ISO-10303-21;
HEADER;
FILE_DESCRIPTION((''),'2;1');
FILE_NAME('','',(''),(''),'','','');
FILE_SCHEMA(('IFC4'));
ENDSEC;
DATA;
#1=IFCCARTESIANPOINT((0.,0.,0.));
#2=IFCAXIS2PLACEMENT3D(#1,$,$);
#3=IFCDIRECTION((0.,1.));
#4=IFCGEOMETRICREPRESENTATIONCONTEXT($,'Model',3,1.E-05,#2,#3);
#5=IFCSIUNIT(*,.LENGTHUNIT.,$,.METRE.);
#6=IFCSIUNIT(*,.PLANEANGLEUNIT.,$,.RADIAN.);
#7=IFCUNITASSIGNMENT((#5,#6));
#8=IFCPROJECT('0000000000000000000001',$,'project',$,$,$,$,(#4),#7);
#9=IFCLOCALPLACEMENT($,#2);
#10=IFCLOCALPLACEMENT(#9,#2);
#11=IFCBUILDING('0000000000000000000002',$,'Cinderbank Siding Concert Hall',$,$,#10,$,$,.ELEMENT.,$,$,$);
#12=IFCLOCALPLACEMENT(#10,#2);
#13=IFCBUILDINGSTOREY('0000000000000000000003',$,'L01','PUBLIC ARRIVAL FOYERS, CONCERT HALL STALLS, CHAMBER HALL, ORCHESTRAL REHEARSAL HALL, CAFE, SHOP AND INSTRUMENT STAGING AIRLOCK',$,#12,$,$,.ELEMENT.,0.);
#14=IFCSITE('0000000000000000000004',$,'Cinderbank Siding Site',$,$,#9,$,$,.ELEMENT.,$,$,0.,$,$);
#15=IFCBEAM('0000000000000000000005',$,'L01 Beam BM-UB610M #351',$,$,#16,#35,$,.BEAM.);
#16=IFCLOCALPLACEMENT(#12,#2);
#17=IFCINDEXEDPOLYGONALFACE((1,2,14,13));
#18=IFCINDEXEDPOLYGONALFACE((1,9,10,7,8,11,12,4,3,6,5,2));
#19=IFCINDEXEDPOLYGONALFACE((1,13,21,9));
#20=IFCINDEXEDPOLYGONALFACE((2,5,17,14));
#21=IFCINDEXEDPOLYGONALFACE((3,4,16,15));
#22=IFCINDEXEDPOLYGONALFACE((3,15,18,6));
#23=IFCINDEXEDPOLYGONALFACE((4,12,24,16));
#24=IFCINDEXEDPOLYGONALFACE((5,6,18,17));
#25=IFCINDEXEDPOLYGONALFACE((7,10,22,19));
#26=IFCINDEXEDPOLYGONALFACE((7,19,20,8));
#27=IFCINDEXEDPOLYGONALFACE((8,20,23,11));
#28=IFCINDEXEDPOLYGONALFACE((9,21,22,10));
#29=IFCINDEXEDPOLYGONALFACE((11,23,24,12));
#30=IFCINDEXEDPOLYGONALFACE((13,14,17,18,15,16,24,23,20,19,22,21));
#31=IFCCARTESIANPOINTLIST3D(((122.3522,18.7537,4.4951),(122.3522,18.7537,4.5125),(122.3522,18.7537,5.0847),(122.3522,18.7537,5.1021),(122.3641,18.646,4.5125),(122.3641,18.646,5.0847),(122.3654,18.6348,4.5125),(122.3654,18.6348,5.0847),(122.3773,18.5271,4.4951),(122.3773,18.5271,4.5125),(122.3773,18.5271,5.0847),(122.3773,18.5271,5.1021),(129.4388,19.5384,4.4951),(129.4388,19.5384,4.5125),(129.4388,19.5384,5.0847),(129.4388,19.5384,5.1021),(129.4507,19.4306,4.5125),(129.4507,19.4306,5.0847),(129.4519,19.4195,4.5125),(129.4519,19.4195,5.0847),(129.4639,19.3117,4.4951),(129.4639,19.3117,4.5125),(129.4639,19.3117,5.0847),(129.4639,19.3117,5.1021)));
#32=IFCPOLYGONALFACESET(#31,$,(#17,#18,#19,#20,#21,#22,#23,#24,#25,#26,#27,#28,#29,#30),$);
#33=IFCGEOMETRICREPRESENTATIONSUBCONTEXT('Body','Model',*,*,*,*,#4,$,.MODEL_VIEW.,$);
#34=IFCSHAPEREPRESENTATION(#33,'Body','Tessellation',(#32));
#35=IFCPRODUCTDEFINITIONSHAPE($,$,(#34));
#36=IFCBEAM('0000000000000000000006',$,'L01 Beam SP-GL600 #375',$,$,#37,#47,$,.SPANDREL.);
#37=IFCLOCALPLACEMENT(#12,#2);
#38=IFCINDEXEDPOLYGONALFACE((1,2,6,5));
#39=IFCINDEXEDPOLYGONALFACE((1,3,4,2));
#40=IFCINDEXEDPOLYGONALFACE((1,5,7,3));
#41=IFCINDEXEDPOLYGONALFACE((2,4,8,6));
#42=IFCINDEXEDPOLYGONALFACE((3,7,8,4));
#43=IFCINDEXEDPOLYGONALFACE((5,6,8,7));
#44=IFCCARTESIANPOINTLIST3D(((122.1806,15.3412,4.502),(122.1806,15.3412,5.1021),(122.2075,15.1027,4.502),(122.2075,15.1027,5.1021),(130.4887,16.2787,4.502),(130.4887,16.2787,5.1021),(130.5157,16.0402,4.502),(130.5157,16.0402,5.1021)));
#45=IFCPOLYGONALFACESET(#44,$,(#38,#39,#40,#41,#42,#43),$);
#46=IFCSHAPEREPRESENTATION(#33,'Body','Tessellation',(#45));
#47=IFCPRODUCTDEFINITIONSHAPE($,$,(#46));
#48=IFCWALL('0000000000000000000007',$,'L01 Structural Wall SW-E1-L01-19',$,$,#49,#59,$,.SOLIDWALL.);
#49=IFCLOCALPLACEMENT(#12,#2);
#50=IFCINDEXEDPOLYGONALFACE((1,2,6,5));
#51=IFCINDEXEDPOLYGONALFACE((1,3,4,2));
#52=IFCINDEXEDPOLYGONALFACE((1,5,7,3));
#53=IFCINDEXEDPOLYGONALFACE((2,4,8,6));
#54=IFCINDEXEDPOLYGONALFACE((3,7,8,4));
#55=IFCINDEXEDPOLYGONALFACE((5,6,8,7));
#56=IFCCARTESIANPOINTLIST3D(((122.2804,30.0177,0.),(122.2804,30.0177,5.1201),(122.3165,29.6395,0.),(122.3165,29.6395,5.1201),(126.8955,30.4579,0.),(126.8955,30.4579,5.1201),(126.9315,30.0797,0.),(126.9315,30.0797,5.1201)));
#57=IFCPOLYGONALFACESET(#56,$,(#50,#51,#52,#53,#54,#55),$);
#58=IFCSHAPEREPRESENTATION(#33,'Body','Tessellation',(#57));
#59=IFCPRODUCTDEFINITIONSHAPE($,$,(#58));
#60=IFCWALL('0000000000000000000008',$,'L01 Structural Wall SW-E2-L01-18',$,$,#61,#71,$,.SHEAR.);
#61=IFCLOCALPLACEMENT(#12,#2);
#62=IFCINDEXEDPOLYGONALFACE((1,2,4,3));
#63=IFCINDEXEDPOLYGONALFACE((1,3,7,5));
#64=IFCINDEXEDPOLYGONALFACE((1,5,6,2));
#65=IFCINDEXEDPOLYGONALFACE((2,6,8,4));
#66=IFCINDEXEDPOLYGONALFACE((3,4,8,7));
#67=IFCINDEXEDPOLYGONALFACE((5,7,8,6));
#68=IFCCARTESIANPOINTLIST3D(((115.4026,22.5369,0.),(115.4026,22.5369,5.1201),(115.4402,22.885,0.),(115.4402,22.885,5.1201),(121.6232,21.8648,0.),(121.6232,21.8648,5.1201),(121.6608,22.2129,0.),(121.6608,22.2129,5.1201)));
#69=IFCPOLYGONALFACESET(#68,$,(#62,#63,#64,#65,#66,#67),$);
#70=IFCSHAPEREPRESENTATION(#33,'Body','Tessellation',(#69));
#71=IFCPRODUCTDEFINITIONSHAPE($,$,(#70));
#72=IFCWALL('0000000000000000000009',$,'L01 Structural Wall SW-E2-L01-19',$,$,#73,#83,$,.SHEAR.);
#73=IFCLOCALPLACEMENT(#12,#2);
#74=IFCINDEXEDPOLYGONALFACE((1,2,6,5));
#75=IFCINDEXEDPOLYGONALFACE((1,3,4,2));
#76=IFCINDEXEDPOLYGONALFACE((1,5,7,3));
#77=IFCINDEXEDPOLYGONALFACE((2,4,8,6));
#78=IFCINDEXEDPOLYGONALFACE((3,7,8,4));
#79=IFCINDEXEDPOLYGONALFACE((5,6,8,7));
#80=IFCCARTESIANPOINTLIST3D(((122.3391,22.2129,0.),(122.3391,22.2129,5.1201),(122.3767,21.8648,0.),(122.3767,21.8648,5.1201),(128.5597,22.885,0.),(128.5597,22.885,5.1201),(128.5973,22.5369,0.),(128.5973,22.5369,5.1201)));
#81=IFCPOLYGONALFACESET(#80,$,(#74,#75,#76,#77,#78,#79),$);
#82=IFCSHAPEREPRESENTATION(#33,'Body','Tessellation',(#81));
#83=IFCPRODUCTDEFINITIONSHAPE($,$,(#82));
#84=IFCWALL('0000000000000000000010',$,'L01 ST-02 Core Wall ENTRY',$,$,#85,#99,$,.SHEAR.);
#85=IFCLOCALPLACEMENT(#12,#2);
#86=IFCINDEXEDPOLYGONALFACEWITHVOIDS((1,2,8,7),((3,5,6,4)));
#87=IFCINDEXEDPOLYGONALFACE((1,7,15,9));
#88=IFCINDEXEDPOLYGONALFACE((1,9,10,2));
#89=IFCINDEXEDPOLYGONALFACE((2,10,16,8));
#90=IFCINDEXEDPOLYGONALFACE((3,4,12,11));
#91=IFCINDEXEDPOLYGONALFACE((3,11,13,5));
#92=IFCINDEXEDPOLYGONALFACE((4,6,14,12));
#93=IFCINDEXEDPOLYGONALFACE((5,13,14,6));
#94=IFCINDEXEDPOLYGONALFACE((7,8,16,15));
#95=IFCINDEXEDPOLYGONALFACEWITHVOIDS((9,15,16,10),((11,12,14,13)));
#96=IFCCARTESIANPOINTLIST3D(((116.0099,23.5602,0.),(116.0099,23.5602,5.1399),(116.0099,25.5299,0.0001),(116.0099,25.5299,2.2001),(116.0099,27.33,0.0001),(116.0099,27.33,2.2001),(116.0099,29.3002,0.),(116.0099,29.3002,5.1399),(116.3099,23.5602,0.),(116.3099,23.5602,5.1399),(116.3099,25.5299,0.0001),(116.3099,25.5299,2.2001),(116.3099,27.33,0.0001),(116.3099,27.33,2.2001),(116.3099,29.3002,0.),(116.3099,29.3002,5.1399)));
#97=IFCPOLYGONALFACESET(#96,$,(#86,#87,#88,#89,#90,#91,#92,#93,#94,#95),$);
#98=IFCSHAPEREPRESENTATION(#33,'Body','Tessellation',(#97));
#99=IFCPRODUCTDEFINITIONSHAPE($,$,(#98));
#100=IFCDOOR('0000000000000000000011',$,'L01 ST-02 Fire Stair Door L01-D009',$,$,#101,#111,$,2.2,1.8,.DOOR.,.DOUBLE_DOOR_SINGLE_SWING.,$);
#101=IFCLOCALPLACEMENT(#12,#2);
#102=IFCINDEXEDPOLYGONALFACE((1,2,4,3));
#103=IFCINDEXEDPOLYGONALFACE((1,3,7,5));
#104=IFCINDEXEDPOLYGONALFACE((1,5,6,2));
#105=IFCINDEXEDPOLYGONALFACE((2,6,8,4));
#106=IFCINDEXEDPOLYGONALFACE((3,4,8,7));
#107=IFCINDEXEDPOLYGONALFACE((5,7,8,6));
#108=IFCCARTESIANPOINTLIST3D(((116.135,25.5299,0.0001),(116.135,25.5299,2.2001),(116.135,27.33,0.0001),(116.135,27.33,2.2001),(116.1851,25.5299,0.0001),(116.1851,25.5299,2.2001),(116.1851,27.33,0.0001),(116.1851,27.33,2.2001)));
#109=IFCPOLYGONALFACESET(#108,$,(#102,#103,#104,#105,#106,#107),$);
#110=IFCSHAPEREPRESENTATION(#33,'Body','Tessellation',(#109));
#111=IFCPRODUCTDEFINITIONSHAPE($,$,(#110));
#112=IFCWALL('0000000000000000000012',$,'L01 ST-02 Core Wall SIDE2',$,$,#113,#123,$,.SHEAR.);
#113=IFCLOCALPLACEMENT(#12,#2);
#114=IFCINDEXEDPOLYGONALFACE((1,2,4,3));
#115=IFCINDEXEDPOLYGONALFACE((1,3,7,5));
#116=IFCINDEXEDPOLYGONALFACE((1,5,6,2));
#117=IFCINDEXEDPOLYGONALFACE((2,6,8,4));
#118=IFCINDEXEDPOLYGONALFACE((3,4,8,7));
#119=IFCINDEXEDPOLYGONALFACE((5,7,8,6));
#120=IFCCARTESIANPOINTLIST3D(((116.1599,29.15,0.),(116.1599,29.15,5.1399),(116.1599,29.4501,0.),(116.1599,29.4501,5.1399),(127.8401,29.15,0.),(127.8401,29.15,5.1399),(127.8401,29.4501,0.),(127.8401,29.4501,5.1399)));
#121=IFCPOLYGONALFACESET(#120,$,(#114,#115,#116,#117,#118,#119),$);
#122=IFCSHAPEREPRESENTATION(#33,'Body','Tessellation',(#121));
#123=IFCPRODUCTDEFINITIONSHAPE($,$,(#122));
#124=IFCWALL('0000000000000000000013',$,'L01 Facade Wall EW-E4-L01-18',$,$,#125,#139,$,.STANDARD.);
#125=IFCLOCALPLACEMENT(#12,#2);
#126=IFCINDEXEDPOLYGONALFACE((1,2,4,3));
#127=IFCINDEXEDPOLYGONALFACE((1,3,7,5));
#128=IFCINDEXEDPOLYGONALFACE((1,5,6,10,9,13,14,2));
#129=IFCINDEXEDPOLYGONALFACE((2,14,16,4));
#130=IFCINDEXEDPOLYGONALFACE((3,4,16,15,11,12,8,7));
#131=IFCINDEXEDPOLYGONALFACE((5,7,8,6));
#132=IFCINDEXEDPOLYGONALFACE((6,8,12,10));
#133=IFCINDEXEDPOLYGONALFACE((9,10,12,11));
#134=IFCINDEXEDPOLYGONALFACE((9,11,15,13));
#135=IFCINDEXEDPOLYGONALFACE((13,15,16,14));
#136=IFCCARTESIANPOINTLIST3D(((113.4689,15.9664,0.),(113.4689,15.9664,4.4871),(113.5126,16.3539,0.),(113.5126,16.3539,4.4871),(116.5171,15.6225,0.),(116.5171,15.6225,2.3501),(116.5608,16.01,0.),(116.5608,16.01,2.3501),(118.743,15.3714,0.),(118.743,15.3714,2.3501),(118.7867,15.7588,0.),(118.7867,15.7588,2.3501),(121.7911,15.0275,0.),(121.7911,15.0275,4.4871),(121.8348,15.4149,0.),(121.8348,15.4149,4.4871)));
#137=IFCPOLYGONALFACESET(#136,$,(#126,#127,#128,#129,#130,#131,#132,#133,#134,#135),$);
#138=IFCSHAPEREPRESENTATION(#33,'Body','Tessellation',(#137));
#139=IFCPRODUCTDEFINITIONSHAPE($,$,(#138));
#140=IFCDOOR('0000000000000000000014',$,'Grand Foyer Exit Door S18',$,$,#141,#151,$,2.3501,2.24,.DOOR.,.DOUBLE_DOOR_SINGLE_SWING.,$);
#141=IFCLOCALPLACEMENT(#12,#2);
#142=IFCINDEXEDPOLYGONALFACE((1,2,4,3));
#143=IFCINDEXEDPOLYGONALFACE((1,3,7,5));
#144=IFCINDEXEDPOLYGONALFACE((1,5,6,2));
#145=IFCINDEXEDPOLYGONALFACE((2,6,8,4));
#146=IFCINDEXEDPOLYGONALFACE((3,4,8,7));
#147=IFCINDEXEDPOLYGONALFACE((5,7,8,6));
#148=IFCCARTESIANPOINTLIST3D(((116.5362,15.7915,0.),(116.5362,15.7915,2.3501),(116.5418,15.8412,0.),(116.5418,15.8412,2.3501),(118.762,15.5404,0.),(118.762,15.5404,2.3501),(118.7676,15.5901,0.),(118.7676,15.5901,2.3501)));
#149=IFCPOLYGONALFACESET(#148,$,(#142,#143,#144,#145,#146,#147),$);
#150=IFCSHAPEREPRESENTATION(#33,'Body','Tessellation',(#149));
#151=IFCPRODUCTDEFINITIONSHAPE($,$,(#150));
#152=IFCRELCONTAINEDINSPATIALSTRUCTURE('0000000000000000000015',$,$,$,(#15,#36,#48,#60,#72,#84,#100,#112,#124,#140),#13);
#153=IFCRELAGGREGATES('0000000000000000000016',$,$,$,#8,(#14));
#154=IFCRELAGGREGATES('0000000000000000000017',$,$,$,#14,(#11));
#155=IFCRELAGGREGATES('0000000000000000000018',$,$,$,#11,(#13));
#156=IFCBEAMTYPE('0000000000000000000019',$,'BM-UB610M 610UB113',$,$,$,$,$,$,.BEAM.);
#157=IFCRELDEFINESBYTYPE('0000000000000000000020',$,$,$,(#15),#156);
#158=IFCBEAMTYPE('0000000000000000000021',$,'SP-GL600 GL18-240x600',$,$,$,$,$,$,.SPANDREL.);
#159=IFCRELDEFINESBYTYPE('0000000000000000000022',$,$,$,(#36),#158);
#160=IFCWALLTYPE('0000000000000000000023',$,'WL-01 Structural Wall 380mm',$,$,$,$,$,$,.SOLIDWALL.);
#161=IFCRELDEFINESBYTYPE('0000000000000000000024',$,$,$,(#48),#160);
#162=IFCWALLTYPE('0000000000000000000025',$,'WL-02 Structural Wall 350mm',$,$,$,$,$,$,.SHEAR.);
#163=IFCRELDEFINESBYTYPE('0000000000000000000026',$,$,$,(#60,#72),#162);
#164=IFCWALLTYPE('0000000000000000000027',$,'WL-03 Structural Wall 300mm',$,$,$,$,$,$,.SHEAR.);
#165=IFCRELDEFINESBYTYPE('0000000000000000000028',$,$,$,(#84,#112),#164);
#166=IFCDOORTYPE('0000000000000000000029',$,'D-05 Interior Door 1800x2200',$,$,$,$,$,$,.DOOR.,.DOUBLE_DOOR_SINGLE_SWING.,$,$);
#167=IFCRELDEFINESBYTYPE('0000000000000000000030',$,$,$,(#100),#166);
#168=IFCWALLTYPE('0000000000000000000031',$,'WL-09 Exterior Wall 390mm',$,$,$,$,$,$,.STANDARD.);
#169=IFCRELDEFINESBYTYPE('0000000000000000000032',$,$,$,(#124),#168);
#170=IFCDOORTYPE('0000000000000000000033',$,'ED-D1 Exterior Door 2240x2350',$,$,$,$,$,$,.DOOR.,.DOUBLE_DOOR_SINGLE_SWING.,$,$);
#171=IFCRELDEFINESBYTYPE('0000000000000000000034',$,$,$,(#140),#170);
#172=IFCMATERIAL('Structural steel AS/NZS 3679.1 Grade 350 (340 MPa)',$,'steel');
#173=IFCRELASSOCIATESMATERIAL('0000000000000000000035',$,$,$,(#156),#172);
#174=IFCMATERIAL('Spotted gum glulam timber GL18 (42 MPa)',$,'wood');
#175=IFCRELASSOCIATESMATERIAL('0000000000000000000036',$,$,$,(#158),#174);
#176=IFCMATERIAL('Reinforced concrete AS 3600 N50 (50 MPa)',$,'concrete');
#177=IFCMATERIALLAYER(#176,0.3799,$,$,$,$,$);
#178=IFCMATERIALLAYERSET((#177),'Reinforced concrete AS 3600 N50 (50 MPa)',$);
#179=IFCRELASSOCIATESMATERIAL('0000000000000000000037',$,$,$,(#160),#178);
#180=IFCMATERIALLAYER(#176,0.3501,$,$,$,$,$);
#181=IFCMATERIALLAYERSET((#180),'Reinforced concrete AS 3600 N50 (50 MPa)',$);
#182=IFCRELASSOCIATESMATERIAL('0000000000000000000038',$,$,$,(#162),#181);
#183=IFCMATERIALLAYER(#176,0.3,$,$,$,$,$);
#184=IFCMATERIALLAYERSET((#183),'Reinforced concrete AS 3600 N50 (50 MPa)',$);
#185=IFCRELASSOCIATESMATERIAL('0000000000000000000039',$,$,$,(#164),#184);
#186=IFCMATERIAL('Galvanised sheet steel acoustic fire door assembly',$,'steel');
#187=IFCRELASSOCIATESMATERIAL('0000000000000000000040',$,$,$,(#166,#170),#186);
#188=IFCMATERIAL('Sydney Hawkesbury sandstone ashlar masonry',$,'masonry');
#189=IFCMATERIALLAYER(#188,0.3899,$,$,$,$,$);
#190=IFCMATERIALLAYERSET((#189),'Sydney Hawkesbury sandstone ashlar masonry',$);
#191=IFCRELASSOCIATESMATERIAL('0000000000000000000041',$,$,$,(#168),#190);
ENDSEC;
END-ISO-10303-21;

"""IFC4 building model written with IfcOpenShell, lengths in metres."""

from ifc_helpers import new_model, si_unit, direction, frame, frame_2d, origin, origin_2d, place, context, subcontext, project, spatial, rectangle, i_section, extrude, material, layer, layer_set, material_profile, profile_set, type_object, element, fill, save


model = new_model("IFC4")

# Units and contexts
model_context = context("Model", 3, precision=1e-05, world=origin(), true_north=direction((0.0, 1.0)))
body_context = subcontext(model_context, "Body", "Model", "MODEL_VIEW")
ifc_project = project(units=[si_unit("LENGTHUNIT", "METRE"), si_unit("PLANEANGLEUNIT", "RADIAN")], contexts=[model_context])

# Site, building, storey
site_placement = place(None, origin())
site = spatial("IfcSite", under=ifc_project, at=site_placement, Name="Cinderbank Siding Site", CompositionType="ELEMENT", RefElevation=0.0)
building_placement = place(site_placement, origin())
building = spatial("IfcBuilding", under=site, at=building_placement, Name="Cinderbank Siding Concert Hall", CompositionType="ELEMENT")
storey_placement = place(building_placement, origin())
storey = spatial("IfcBuildingStorey", under=building, at=storey_placement, Name="L01", Description="PUBLIC ARRIVAL FOYERS, CONCERT HALL STALLS, CHAMBER HALL, ORCHESTRAL REHEARSAL HALL, CAFE, SHOP AND INSTRUMENT STAGING AIRLOCK", CompositionType="ELEMENT", Elevation=0.0)

# Shared definitions
ifc_material_1 = material(Name="Reinforced concrete AS 3600 N50 (50 MPa)", Category="concrete")

# Beams
ifc_material_2 = material(Name="Structural steel AS/NZS 3679.1 Grade 350 (340 MPa)", Category="steel")
ifc_material_profile_1 = material_profile(ifc_material_2, i_section(OverallWidth=0.228, OverallDepth=0.6069, WebThickness=0.0112, FlangeThickness=0.0173, at=origin_2d()), Name="610UB113", Category="LoadBearing")
ifc_profile_set_1 = profile_set([ifc_material_profile_1], Name="Structural steel AS/NZS 3679.1 Grade 350 (340 MPa)")
beam_type_1 = type_object("IfcBeamType", Name="BM-UB610M 610UB113", PredefinedType="BEAM", material=ifc_profile_set_1)
for number, where, z_axis, x_axis, name in (
    (1, (122.3647, 18.6404, 4.7986), (0.993926, 0.110052, 0.0), (-0.110052, 0.993926, 0.0), "L01 Beam BM-UB610M #351"),
):
    element("IfcBeam", number, at=place(storey_placement, frame(where, z_axis=z_axis, x_axis=x_axis)), inside=storey, type_object=beam_type_1, Name=name, PredefinedType="BEAM", context=body_context, shape_type="SweptSolid", body=[
        extrude(i_section(OverallWidth=0.228, OverallDepth=0.6069, WebThickness=0.0112, FlangeThickness=0.0173, at=origin_2d()), origin(), (0.0, 0.0, 1.0), 7.1299),
    ])
ifc_material_3 = material(Name="Spotted gum glulam timber GL18 (42 MPa)", Category="wood")
ifc_material_profile_2 = material_profile(ifc_material_3, rectangle(XDim=0.24, YDim=0.6001, at=origin_2d()), Name="GL18-240x600", Category="LoadBearing")
ifc_profile_set_2 = profile_set([ifc_material_profile_2], Name="Spotted gum glulam timber GL18 (42 MPa)")
beam_type_2 = type_object("IfcBeamType", Name="SP-GL600 GL18-240x600", PredefinedType="SPANDREL", material=ifc_profile_set_2)
beam_1_placement = place(storey_placement, frame((122.1941, 15.2219, 4.802), z_axis=(0.993694, 0.11213, 0.0), x_axis=(-0.11213, 0.993694, 0.0)))
element("IfcBeam", 2, at=beam_1_placement, inside=storey, type_object=beam_type_2, Name="L01 Beam SP-GL600 #375", PredefinedType="SPANDREL", context=body_context, shape_type="SweptSolid", body=[
    extrude(rectangle(XDim=0.24, YDim=0.6001, at=origin_2d()), origin(), (0.0, 0.0, 1.0), 8.3608),
])

# Walls
ifc_layer_1 = layer(ifc_material_1, 0.3799)
ifc_layer_set_1 = layer_set([ifc_layer_1], Name="Reinforced concrete AS 3600 N50 (50 MPa)")
wall_type_1 = type_object("IfcWallType", Name="WL-01 Structural Wall 380mm", PredefinedType="SOLIDWALL", material=ifc_layer_set_1)
wall_1_placement = place(storey_placement, frame((122.2986, 29.8286, 0.0), z_axis=(0.0, 0.0, 1.0), x_axis=(0.995482, 0.094951, 0.0)))
element("IfcWall", 3, at=wall_1_placement, inside=storey, type_object=wall_type_1, Name="L01 Structural Wall SW-E1-L01-19", PredefinedType="SOLIDWALL", context=body_context, shape_type="SweptSolid", body=[
    extrude(rectangle(XDim=4.636, YDim=0.3799, at=frame_2d((2.3179, 0.0))), origin(), (0.0, 0.0, 1.0), 5.1201),
])
ifc_layer_2 = layer(ifc_material_1, 0.3501)
ifc_layer_set_2 = layer_set([ifc_layer_2], Name="Reinforced concrete AS 3600 N50 (50 MPa)")
wall_type_2 = type_object("IfcWallType", Name="WL-02 Structural Wall 350mm", PredefinedType="SHEAR", material=ifc_layer_set_2)
for number, where, z_axis, x_axis, name in (
    (4, (115.4214, 22.7109, 0.0), (0.0, 0.0, 1.0), (0.994214, -0.10742, 0.0), "L01 Structural Wall SW-E2-L01-18"),
    (5, (122.3579, 22.0388, 0.0), (0.0, 0.0, 1.0), (0.994214, 0.10742, 0.0), "L01 Structural Wall SW-E2-L01-19"),
):
    element("IfcWall", number, at=place(storey_placement, frame(where, z_axis=z_axis, x_axis=x_axis)), inside=storey, type_object=wall_type_2, Name=name, PredefinedType="SHEAR", context=body_context, shape_type="SweptSolid", body=[
        extrude(rectangle(XDim=6.2568, YDim=0.3501, at=frame_2d((3.1284, 0.0))), origin(), (0.0, 0.0, 1.0), 5.1201),
    ])

# Wall, opening, door
ifc_layer_3 = layer(ifc_material_1, 0.3)
ifc_layer_set_3 = layer_set([ifc_layer_3], Name="Reinforced concrete AS 3600 N50 (50 MPa)")
wall_type_3 = type_object("IfcWallType", Name="WL-03 Structural Wall 300mm", PredefinedType="SHEAR", material=ifc_layer_set_3)
wall_2_placement = place(storey_placement, frame((116.1599, 23.5601, 0.0), z_axis=(0.0, 0.0, 1.0), x_axis=(0.0, 1.0, 0.0)))
wall_2 = element("IfcWall", 6, at=wall_2_placement, inside=storey, type_object=wall_type_3, Name="L01 ST-02 Core Wall ENTRY", PredefinedType="SHEAR", context=body_context, shape_type="SweptSolid", body=[
    extrude(rectangle(XDim=5.74, YDim=0.3, at=frame_2d((2.8701, 0.0))), origin(), (0.0, 0.0, 1.0), 5.1399),
])
opening_1_placement = place(wall_2_placement, frame((1.97, 0.0, 0.0)))
opening_1 = element("IfcOpeningElement", 7, at=opening_1_placement, cuts=wall_2, PredefinedType="OPENING", context=body_context, shape_type="SweptSolid", body=[
    extrude(rectangle(XDim=1.8, YDim=2.2, at=frame_2d((0.8999, 1.1001))), frame((0.0, 0.1621, 0.0), z_axis=(0.0, -1.0, 0.0), x_axis=(1.0, 0.0, 0.0)), (0.0, 0.0, 1.0), 0.324),
])
ifc_material_4 = material(Name="Galvanised sheet steel acoustic fire door assembly", Category="steel")
door_type_1 = type_object("IfcDoorType", Name="D-05 Interior Door 1800x2200", OperationType="DOUBLE_DOOR_SINGLE_SWING", PredefinedType="DOOR", material=ifc_material_4)
door_1_placement = place(opening_1_placement, origin())
door_1 = element("IfcDoor", 8, at=door_1_placement, inside=storey, type_object=door_type_1, Name="L01 ST-02 Fire Stair Door L01-D009", OperationType="DOUBLE_DOOR_SINGLE_SWING", OverallHeight=2.2, OverallWidth=1.8, PredefinedType="DOOR", context=body_context, shape_type="SweptSolid", body=[
    extrude(rectangle(XDim=1.8, YDim=2.2, at=frame_2d((0.8999, 1.1001))), frame((0.0, 0.0249, 0.0), z_axis=(0.0, -1.0, 0.0), x_axis=(1.0, 0.0, 0.0)), (0.0, 0.0, 1.0), 0.05),
])
fill(opening_1, door_1)

# Wall
wall_3_placement = place(storey_placement, frame((116.1599, 29.3, 0.0), z_axis=(0.0, 0.0, 1.0), x_axis=(1.0, 0.0, 0.0)))
element("IfcWall", 9, at=wall_3_placement, inside=storey, type_object=wall_type_3, Name="L01 ST-02 Core Wall SIDE2", PredefinedType="SHEAR", context=body_context, shape_type="SweptSolid", body=[
    extrude(rectangle(XDim=11.6802, YDim=0.3, at=frame_2d((5.8401, 0.0))), origin(), (0.0, 0.0, 1.0), 5.1399),
])

# Wall, opening, door
ifc_material_5 = material(Name="Sydney Hawkesbury sandstone ashlar masonry", Category="masonry")
ifc_layer_4 = layer(ifc_material_5, 0.3899)
ifc_layer_set_4 = layer_set([ifc_layer_4], Name="Sydney Hawkesbury sandstone ashlar masonry")
wall_type_4 = type_object("IfcWallType", Name="WL-09 Exterior Wall 390mm", PredefinedType="STANDARD", material=ifc_layer_set_4)
wall_4_placement = place(storey_placement, frame((121.813, 15.2212, 0.0), z_axis=(0.0, 0.0, 1.0), x_axis=(-0.993695, 0.112114, 0.0)))
wall_4 = element("IfcWall", 10, at=wall_4_placement, inside=storey, type_object=wall_type_4, Name="L01 Facade Wall EW-E4-L01-18", PredefinedType="STANDARD", context=body_context, shape_type="SweptSolid", body=[
    extrude(rectangle(XDim=8.375, YDim=0.3899, at=frame_2d((4.1875, 0.0))), origin(), (0.0, 0.0, 1.0), 4.4871),
])
opening_2_placement = place(wall_4_placement, frame((3.0674, 0.0, 0.0)))
opening_2 = element("IfcOpeningElement", 11, at=opening_2_placement, cuts=wall_4, PredefinedType="OPENING", context=body_context, shape_type="SweptSolid", body=[
    extrude(rectangle(XDim=2.24, YDim=2.3501, at=frame_2d((1.1201, 1.175))), frame((0.0, 0.207, 0.0), z_axis=(0.0, -1.0, 0.0), x_axis=(1.0, 0.0, 0.0)), (0.0, 0.0, 1.0), 0.4138),
])
door_type_2 = type_object("IfcDoorType", Name="ED-D1 Exterior Door 2240x2350", OperationType="DOUBLE_DOOR_SINGLE_SWING", PredefinedType="DOOR", material=ifc_material_4)
door_2_placement = place(opening_2_placement, origin())
door_2 = element("IfcDoor", 12, at=door_2_placement, inside=storey, type_object=door_type_2, Name="Grand Foyer Exit Door S18", OperationType="DOUBLE_DOOR_SINGLE_SWING", OverallHeight=2.3501, OverallWidth=2.24, PredefinedType="DOOR", context=body_context, shape_type="SweptSolid", body=[
    extrude(rectangle(XDim=2.24, YDim=2.3501, at=frame_2d((1.1201, 1.175))), frame((0.0, 0.0249, 0.0), z_axis=(0.0, -1.0, 0.0), x_axis=(1.0, 0.0, 0.0)), (0.0, 0.0, 1.0), 0.05),
])
fill(opening_2, door_2)

save(model, "model.ifc")
